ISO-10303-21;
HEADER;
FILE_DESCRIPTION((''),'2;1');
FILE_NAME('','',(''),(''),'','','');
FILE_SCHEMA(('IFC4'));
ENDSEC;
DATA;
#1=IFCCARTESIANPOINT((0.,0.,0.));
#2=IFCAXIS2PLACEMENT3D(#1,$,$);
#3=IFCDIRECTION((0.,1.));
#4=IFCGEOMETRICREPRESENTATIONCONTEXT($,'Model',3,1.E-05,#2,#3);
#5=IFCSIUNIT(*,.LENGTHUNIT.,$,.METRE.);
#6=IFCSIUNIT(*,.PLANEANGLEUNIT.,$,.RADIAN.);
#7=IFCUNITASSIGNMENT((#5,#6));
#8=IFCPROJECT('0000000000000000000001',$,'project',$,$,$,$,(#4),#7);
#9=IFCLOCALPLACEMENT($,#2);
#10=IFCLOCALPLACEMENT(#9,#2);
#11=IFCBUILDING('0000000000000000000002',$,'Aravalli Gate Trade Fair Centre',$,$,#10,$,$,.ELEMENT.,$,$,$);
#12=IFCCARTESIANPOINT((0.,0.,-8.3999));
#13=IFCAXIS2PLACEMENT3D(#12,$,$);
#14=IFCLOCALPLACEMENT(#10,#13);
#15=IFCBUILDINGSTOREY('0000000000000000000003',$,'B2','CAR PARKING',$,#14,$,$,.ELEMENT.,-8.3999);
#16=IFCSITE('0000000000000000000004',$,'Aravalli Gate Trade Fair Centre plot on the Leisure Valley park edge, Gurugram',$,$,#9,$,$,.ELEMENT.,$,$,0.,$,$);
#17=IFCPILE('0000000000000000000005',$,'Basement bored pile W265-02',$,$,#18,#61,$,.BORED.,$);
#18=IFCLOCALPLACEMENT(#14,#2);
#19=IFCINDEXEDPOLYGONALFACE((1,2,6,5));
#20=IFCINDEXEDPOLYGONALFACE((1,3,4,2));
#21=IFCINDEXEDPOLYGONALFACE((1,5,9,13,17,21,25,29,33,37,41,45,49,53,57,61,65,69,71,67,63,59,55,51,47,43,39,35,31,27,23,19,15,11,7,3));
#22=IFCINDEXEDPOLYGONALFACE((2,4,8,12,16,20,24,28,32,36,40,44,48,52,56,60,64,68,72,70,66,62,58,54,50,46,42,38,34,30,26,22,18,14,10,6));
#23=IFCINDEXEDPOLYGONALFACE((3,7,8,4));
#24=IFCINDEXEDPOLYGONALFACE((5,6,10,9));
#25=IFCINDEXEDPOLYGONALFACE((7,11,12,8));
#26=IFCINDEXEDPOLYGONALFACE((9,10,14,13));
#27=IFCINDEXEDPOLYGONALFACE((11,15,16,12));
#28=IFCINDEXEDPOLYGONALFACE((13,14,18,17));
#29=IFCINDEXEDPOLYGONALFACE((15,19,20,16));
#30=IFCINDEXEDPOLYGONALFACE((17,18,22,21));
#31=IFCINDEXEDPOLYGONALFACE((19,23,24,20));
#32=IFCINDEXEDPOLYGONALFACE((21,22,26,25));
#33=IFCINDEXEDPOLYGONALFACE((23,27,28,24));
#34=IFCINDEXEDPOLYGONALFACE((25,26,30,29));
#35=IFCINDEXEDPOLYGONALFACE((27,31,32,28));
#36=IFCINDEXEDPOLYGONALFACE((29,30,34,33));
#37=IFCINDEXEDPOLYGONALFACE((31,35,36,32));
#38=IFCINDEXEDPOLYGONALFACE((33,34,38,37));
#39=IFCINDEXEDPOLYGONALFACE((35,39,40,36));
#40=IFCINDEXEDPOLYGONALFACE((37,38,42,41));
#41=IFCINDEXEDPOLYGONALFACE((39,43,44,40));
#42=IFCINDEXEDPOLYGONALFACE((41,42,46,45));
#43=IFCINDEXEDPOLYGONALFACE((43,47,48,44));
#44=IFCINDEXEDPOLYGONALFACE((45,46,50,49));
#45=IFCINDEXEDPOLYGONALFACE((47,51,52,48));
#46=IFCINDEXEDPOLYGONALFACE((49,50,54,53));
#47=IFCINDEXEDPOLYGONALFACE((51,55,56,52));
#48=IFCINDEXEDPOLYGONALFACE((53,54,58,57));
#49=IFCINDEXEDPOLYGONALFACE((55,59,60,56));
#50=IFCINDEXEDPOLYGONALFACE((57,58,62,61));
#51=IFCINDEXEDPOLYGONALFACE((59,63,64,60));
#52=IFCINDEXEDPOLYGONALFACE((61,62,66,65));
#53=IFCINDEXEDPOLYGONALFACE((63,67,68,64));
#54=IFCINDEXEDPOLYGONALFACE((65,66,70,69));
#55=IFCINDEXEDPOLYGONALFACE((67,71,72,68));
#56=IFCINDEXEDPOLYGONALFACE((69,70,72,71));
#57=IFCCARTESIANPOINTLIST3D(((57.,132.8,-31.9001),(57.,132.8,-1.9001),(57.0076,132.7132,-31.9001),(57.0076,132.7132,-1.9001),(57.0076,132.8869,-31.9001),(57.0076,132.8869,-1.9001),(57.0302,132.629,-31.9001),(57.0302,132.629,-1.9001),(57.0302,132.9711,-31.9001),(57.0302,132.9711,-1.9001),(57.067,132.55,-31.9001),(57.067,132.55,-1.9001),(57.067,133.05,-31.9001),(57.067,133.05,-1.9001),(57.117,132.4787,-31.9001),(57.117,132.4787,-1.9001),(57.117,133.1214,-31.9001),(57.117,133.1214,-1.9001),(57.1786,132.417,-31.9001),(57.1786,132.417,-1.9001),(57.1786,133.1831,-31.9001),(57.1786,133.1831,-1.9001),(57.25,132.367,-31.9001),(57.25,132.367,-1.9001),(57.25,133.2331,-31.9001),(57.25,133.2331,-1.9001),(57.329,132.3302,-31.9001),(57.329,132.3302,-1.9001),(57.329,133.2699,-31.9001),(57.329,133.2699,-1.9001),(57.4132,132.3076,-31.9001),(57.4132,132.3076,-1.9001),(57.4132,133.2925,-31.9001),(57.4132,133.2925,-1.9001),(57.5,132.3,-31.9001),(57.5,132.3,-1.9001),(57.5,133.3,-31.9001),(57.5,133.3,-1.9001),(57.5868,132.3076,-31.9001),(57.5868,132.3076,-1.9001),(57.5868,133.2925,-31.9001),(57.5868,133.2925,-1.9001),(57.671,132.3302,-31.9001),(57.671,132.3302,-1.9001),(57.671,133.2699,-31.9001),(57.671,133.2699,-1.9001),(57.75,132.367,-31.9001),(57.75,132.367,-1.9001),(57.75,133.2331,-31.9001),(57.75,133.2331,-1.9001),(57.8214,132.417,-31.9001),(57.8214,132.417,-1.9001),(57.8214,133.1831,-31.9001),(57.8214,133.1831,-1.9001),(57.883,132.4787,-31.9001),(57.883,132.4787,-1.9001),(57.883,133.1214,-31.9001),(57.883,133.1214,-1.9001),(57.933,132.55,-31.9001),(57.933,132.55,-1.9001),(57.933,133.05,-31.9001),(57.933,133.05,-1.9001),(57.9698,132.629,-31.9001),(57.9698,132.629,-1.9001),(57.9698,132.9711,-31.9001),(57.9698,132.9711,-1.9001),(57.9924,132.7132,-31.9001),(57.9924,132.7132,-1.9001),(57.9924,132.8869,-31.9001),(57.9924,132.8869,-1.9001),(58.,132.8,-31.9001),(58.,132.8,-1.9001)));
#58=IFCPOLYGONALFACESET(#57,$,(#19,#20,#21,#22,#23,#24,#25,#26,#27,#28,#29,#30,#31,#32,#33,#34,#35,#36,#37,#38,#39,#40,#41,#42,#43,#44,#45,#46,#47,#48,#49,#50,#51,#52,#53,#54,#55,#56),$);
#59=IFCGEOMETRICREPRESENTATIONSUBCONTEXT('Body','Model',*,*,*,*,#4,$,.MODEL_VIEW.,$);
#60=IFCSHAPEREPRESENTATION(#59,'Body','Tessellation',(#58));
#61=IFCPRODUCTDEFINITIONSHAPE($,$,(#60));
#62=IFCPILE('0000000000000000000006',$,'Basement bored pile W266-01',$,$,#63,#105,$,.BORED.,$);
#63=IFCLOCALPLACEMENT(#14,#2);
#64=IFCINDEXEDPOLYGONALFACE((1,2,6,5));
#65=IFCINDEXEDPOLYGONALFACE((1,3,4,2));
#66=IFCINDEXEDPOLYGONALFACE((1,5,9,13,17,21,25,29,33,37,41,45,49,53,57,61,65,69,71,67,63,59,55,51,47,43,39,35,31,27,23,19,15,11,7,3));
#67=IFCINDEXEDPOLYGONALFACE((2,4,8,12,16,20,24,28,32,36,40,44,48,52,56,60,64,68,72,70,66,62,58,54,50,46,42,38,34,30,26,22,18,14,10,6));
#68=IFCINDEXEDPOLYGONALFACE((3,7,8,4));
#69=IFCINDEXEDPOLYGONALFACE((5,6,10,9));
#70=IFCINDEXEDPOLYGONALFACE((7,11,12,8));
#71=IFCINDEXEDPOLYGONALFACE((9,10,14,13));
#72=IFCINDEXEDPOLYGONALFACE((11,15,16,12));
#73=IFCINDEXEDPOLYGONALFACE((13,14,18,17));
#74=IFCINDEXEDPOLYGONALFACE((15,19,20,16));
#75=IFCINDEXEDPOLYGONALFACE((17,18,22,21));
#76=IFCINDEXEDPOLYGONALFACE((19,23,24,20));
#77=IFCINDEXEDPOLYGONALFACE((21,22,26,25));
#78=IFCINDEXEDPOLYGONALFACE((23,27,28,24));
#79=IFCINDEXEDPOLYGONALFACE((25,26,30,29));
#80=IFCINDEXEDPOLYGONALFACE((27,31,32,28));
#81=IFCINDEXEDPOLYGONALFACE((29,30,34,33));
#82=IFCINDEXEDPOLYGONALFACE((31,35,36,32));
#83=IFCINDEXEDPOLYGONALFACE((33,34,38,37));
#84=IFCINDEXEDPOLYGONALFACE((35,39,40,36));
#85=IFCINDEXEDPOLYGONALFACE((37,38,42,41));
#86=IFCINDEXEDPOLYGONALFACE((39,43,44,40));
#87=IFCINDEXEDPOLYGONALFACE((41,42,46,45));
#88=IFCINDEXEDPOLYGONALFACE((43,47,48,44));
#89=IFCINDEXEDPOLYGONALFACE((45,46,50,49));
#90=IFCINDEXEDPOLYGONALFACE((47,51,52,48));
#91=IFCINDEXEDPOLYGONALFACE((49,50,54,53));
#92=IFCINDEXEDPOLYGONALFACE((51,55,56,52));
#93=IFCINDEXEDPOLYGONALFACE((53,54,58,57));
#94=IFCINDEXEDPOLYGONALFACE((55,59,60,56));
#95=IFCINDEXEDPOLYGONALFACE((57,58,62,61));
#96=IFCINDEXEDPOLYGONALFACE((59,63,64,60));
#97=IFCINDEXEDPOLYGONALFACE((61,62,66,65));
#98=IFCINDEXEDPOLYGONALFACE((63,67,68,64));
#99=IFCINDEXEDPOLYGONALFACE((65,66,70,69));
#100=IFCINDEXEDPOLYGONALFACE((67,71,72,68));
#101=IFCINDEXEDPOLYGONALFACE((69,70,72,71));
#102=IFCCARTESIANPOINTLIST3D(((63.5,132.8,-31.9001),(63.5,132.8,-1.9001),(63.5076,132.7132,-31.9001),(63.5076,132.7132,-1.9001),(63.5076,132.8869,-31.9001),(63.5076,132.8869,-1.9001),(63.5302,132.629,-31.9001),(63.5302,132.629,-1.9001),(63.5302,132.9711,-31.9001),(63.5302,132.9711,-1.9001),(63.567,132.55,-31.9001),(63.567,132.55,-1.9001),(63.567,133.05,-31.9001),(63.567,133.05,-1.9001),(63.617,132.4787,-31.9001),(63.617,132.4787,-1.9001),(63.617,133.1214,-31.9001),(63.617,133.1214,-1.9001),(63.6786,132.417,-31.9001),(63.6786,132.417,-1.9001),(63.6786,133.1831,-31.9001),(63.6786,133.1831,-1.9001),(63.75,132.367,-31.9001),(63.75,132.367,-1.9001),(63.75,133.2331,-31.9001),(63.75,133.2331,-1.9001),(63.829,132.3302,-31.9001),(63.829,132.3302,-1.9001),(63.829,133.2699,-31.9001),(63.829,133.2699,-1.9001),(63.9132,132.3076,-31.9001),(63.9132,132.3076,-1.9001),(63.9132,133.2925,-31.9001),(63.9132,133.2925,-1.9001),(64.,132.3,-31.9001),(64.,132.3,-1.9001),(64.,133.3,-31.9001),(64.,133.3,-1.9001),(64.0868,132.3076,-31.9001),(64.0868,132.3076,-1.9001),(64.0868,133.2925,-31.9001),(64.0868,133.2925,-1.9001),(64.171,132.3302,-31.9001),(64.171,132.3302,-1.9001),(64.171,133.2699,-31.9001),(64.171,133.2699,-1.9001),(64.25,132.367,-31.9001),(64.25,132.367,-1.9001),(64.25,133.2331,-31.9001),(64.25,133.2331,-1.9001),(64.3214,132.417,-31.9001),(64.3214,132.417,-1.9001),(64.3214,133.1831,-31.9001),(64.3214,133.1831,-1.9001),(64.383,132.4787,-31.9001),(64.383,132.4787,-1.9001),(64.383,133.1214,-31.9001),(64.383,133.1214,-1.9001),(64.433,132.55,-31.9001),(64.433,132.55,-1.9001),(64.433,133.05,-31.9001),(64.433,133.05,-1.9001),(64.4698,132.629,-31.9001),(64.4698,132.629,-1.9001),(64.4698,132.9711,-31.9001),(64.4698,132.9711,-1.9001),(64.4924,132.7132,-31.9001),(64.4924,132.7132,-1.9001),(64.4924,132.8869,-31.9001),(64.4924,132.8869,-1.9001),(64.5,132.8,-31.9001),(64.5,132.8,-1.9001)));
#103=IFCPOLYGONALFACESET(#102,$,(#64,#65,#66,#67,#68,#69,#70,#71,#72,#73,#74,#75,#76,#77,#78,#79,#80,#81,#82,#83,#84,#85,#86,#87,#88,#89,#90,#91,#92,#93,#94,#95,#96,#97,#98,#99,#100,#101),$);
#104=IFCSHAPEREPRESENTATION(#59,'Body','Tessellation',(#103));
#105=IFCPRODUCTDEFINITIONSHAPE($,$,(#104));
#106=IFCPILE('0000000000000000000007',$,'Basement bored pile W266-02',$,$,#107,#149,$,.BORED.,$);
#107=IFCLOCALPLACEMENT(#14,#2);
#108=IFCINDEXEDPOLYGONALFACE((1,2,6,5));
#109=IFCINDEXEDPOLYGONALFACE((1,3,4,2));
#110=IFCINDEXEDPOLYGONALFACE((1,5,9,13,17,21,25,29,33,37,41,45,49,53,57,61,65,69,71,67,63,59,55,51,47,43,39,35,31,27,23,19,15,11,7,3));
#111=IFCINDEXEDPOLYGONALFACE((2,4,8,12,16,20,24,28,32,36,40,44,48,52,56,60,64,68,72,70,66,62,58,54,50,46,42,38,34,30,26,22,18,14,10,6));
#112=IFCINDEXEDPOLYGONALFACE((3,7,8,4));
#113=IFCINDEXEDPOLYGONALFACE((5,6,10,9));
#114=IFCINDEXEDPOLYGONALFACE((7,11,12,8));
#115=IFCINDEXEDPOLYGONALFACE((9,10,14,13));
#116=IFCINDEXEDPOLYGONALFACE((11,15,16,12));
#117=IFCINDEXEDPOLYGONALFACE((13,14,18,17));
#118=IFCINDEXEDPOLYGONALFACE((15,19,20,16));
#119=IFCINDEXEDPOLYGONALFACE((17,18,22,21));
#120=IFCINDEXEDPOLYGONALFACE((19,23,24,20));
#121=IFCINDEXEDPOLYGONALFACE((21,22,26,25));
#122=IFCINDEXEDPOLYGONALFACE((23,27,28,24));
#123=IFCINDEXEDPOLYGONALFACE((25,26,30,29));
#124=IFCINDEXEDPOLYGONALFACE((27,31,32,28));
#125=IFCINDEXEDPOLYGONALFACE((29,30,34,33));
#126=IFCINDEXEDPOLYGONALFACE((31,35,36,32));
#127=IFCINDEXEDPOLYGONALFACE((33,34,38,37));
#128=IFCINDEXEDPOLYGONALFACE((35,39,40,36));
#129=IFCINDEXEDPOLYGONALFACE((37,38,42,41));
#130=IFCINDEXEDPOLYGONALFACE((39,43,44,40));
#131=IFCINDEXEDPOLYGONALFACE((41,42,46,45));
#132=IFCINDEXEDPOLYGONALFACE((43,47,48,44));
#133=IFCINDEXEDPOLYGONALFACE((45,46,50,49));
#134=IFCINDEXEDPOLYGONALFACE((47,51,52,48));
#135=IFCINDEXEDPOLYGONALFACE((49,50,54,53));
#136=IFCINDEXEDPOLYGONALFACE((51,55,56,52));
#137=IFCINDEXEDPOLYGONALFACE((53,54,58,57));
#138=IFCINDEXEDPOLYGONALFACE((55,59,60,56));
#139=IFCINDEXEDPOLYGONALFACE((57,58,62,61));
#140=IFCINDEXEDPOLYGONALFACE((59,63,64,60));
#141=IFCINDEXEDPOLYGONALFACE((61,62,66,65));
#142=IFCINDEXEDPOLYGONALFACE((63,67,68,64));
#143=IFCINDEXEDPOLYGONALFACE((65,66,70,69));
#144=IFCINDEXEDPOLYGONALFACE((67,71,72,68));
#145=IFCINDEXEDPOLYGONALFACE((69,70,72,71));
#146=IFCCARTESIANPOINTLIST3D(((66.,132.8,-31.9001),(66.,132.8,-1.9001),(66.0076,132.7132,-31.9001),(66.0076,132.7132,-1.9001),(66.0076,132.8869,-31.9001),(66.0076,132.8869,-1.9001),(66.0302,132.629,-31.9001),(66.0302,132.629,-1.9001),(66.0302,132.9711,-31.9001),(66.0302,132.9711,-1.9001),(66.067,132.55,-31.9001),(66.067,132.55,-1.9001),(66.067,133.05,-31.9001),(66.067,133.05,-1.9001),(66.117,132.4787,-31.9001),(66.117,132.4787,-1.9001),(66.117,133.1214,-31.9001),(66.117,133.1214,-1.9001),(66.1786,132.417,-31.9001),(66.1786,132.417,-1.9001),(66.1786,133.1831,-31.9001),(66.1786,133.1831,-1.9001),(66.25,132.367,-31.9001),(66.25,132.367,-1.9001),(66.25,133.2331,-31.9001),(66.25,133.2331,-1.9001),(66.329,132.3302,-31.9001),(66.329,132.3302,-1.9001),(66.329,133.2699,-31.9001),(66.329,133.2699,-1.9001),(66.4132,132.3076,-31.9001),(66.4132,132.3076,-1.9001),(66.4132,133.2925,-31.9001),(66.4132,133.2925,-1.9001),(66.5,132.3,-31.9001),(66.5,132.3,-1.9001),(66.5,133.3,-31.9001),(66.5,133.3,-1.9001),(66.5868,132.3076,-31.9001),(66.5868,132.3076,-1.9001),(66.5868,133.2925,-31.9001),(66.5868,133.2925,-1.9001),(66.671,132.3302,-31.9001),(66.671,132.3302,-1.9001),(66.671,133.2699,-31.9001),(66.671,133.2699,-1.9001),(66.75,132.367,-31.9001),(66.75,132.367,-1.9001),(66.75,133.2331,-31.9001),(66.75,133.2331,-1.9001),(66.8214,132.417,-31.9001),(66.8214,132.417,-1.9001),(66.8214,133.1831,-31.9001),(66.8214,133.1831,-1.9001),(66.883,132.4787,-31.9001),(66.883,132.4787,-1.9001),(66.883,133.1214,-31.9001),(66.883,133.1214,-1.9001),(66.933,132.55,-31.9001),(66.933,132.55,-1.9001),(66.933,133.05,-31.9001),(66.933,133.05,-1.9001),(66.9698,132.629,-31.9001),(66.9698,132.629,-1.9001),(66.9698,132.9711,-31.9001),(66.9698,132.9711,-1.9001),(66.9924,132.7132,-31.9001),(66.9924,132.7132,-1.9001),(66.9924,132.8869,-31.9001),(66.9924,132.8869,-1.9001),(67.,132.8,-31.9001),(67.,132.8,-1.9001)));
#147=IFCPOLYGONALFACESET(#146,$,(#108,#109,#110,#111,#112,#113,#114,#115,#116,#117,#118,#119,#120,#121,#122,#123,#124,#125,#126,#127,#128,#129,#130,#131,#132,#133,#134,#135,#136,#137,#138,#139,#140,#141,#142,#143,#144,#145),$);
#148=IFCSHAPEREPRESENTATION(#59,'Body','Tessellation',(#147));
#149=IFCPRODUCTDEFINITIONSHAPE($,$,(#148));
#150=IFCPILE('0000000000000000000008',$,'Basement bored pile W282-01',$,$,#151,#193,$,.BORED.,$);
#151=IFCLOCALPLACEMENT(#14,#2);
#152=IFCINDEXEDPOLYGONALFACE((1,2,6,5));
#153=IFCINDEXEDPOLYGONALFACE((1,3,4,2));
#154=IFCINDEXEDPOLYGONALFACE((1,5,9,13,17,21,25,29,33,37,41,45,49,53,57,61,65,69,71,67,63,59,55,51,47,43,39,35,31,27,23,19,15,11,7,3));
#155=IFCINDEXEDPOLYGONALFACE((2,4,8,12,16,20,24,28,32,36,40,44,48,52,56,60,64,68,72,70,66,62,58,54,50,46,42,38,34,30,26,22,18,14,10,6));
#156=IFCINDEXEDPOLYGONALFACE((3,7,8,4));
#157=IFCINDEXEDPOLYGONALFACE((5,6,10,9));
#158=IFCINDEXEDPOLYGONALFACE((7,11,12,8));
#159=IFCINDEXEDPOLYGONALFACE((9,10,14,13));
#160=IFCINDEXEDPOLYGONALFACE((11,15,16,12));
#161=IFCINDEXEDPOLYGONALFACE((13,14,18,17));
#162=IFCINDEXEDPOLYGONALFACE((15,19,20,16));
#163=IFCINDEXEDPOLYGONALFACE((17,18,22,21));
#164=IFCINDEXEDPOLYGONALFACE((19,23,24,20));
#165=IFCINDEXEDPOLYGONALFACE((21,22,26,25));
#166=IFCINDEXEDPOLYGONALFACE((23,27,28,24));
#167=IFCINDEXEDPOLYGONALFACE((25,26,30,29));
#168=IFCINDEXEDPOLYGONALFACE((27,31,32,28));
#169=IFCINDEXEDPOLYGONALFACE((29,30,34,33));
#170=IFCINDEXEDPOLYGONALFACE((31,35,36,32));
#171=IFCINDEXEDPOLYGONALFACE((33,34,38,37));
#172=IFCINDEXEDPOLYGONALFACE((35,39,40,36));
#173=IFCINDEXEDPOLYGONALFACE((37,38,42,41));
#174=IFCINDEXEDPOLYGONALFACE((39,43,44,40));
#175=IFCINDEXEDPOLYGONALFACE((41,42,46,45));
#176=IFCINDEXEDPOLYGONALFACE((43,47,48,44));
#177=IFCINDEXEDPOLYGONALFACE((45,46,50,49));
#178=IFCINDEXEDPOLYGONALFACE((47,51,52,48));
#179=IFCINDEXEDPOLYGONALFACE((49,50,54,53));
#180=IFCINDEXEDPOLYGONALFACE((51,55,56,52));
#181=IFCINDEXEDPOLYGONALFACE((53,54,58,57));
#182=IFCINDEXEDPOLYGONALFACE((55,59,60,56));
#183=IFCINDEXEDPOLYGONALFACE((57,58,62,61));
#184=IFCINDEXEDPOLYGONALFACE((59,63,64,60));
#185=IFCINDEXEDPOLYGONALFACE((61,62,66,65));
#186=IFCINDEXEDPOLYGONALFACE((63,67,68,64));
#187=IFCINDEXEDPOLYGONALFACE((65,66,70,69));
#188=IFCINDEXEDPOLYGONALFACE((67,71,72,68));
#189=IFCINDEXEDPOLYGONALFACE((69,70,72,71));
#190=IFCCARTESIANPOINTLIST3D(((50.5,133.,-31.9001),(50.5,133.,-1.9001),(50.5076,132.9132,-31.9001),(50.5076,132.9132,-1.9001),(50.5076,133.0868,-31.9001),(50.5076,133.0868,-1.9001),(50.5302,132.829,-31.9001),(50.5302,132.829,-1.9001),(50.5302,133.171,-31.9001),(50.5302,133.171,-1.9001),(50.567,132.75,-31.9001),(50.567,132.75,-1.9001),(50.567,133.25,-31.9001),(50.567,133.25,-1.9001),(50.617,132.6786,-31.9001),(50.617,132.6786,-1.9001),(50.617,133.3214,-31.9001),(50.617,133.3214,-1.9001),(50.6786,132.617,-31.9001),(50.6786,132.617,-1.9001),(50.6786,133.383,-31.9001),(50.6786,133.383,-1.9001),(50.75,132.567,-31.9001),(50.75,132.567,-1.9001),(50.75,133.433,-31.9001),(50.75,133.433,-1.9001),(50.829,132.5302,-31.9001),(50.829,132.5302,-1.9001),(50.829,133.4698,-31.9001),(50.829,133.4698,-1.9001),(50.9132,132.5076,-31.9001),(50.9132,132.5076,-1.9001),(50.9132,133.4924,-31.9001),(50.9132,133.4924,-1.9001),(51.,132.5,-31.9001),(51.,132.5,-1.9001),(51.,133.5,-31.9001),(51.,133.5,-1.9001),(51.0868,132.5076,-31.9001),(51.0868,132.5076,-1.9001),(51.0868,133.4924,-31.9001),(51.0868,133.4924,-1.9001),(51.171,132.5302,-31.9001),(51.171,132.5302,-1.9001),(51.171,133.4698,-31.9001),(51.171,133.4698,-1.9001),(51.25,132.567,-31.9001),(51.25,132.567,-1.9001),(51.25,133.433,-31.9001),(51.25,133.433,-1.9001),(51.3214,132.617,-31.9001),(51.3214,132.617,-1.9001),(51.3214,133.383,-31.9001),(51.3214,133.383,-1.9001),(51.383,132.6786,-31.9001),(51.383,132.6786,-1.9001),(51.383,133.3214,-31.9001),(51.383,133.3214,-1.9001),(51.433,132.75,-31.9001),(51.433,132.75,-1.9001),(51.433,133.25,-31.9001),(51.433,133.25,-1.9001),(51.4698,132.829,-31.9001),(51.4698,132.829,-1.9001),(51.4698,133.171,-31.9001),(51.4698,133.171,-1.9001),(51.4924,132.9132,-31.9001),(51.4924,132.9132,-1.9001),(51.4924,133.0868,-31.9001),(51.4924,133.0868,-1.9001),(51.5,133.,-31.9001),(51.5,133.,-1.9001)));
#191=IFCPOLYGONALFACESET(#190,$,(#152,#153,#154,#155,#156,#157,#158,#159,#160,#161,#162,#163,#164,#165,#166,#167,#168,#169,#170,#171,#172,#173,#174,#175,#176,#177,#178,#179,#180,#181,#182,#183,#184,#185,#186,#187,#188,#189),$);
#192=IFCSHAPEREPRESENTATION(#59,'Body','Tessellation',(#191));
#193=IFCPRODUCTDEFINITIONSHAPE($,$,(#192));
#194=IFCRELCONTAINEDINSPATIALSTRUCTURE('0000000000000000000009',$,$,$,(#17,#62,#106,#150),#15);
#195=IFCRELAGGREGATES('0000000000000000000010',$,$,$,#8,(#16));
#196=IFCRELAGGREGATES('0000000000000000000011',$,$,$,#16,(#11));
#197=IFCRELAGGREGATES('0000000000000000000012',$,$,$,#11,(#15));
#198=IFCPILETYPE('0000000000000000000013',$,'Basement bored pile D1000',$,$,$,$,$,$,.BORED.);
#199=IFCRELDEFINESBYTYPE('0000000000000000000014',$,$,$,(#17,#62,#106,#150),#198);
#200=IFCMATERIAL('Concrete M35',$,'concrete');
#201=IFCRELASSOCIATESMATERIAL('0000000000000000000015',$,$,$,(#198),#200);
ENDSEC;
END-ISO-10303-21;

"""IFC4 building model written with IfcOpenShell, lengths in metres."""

from ifc_helpers import new_model, si_unit, direction, frame, origin, origin_2d, place, context, subcontext, project, spatial, circle, extrude, material, material_profile, profile_set, type_object, element, save


model = new_model("IFC4")

# Units and contexts
model_context = context("Model", 3, precision=1e-05, world=origin(), true_north=direction((0.0, 1.0)))
body_context = subcontext(model_context, "Body", "Model", "MODEL_VIEW")
ifc_project = project(units=[si_unit("LENGTHUNIT", "METRE"), si_unit("PLANEANGLEUNIT", "RADIAN")], contexts=[model_context])

# Site, building, storey
site_placement = place(None, origin())
site = spatial("IfcSite", under=ifc_project, at=site_placement, Name="Aravalli Gate Trade Fair Centre plot on the Leisure Valley park edge, Gurugram", CompositionType="ELEMENT", RefElevation=0.0)
building_placement = place(site_placement, origin())
building = spatial("IfcBuilding", under=site, at=building_placement, Name="Aravalli Gate Trade Fair Centre", CompositionType="ELEMENT")
storey_placement = place(building_placement, frame((0.0, 0.0, -8.3999)))
storey = spatial("IfcBuildingStorey", under=building, at=storey_placement, Name="B2", Description="CAR PARKING", CompositionType="ELEMENT", Elevation=-8.3999)

# Piles
ifc_material_1 = material(Name="Concrete M35", Category="concrete")
ifc_material_profile_1 = material_profile(ifc_material_1, circle(Radius=0.5, at=origin_2d()), Name="D1000")
ifc_profile_set_1 = profile_set([ifc_material_profile_1], Name="Concrete M35")
pile_type = type_object("IfcPileType", Name="Basement bored pile D1000", PredefinedType="BORED", material=ifc_profile_set_1)
for number, where, z_axis, x_axis, name in (
    (1, (57.5, 132.8, -1.9001), (0.0, 0.0, -1.0), (1.0, 0.0, 0.0), "Basement bored pile W265-02"),
    (2, (64.0, 132.8, -1.9001), (0.0, 0.0, -1.0), (1.0, 0.0, 0.0), "Basement bored pile W266-01"),
    (3, (66.5, 132.8, -1.9001), (0.0, 0.0, -1.0), (1.0, 0.0, 0.0), "Basement bored pile W266-02"),
    (4, (51.0, 133.0, -1.9001), (0.0, 0.0, -1.0), (1.0, 0.0, 0.0), "Basement bored pile W282-01"),
):
    element("IfcPile", number, at=place(storey_placement, frame(where, z_axis=z_axis, x_axis=x_axis)), inside=storey, type_object=pile_type, Name=name, PredefinedType="BORED", context=body_context, shape_type="SweptSolid", body=[
        extrude(circle(Radius=0.5, at=origin_2d()), origin(), (0.0, 0.0, 1.0), 30.0),
    ])

save(model, "model.ifc")
